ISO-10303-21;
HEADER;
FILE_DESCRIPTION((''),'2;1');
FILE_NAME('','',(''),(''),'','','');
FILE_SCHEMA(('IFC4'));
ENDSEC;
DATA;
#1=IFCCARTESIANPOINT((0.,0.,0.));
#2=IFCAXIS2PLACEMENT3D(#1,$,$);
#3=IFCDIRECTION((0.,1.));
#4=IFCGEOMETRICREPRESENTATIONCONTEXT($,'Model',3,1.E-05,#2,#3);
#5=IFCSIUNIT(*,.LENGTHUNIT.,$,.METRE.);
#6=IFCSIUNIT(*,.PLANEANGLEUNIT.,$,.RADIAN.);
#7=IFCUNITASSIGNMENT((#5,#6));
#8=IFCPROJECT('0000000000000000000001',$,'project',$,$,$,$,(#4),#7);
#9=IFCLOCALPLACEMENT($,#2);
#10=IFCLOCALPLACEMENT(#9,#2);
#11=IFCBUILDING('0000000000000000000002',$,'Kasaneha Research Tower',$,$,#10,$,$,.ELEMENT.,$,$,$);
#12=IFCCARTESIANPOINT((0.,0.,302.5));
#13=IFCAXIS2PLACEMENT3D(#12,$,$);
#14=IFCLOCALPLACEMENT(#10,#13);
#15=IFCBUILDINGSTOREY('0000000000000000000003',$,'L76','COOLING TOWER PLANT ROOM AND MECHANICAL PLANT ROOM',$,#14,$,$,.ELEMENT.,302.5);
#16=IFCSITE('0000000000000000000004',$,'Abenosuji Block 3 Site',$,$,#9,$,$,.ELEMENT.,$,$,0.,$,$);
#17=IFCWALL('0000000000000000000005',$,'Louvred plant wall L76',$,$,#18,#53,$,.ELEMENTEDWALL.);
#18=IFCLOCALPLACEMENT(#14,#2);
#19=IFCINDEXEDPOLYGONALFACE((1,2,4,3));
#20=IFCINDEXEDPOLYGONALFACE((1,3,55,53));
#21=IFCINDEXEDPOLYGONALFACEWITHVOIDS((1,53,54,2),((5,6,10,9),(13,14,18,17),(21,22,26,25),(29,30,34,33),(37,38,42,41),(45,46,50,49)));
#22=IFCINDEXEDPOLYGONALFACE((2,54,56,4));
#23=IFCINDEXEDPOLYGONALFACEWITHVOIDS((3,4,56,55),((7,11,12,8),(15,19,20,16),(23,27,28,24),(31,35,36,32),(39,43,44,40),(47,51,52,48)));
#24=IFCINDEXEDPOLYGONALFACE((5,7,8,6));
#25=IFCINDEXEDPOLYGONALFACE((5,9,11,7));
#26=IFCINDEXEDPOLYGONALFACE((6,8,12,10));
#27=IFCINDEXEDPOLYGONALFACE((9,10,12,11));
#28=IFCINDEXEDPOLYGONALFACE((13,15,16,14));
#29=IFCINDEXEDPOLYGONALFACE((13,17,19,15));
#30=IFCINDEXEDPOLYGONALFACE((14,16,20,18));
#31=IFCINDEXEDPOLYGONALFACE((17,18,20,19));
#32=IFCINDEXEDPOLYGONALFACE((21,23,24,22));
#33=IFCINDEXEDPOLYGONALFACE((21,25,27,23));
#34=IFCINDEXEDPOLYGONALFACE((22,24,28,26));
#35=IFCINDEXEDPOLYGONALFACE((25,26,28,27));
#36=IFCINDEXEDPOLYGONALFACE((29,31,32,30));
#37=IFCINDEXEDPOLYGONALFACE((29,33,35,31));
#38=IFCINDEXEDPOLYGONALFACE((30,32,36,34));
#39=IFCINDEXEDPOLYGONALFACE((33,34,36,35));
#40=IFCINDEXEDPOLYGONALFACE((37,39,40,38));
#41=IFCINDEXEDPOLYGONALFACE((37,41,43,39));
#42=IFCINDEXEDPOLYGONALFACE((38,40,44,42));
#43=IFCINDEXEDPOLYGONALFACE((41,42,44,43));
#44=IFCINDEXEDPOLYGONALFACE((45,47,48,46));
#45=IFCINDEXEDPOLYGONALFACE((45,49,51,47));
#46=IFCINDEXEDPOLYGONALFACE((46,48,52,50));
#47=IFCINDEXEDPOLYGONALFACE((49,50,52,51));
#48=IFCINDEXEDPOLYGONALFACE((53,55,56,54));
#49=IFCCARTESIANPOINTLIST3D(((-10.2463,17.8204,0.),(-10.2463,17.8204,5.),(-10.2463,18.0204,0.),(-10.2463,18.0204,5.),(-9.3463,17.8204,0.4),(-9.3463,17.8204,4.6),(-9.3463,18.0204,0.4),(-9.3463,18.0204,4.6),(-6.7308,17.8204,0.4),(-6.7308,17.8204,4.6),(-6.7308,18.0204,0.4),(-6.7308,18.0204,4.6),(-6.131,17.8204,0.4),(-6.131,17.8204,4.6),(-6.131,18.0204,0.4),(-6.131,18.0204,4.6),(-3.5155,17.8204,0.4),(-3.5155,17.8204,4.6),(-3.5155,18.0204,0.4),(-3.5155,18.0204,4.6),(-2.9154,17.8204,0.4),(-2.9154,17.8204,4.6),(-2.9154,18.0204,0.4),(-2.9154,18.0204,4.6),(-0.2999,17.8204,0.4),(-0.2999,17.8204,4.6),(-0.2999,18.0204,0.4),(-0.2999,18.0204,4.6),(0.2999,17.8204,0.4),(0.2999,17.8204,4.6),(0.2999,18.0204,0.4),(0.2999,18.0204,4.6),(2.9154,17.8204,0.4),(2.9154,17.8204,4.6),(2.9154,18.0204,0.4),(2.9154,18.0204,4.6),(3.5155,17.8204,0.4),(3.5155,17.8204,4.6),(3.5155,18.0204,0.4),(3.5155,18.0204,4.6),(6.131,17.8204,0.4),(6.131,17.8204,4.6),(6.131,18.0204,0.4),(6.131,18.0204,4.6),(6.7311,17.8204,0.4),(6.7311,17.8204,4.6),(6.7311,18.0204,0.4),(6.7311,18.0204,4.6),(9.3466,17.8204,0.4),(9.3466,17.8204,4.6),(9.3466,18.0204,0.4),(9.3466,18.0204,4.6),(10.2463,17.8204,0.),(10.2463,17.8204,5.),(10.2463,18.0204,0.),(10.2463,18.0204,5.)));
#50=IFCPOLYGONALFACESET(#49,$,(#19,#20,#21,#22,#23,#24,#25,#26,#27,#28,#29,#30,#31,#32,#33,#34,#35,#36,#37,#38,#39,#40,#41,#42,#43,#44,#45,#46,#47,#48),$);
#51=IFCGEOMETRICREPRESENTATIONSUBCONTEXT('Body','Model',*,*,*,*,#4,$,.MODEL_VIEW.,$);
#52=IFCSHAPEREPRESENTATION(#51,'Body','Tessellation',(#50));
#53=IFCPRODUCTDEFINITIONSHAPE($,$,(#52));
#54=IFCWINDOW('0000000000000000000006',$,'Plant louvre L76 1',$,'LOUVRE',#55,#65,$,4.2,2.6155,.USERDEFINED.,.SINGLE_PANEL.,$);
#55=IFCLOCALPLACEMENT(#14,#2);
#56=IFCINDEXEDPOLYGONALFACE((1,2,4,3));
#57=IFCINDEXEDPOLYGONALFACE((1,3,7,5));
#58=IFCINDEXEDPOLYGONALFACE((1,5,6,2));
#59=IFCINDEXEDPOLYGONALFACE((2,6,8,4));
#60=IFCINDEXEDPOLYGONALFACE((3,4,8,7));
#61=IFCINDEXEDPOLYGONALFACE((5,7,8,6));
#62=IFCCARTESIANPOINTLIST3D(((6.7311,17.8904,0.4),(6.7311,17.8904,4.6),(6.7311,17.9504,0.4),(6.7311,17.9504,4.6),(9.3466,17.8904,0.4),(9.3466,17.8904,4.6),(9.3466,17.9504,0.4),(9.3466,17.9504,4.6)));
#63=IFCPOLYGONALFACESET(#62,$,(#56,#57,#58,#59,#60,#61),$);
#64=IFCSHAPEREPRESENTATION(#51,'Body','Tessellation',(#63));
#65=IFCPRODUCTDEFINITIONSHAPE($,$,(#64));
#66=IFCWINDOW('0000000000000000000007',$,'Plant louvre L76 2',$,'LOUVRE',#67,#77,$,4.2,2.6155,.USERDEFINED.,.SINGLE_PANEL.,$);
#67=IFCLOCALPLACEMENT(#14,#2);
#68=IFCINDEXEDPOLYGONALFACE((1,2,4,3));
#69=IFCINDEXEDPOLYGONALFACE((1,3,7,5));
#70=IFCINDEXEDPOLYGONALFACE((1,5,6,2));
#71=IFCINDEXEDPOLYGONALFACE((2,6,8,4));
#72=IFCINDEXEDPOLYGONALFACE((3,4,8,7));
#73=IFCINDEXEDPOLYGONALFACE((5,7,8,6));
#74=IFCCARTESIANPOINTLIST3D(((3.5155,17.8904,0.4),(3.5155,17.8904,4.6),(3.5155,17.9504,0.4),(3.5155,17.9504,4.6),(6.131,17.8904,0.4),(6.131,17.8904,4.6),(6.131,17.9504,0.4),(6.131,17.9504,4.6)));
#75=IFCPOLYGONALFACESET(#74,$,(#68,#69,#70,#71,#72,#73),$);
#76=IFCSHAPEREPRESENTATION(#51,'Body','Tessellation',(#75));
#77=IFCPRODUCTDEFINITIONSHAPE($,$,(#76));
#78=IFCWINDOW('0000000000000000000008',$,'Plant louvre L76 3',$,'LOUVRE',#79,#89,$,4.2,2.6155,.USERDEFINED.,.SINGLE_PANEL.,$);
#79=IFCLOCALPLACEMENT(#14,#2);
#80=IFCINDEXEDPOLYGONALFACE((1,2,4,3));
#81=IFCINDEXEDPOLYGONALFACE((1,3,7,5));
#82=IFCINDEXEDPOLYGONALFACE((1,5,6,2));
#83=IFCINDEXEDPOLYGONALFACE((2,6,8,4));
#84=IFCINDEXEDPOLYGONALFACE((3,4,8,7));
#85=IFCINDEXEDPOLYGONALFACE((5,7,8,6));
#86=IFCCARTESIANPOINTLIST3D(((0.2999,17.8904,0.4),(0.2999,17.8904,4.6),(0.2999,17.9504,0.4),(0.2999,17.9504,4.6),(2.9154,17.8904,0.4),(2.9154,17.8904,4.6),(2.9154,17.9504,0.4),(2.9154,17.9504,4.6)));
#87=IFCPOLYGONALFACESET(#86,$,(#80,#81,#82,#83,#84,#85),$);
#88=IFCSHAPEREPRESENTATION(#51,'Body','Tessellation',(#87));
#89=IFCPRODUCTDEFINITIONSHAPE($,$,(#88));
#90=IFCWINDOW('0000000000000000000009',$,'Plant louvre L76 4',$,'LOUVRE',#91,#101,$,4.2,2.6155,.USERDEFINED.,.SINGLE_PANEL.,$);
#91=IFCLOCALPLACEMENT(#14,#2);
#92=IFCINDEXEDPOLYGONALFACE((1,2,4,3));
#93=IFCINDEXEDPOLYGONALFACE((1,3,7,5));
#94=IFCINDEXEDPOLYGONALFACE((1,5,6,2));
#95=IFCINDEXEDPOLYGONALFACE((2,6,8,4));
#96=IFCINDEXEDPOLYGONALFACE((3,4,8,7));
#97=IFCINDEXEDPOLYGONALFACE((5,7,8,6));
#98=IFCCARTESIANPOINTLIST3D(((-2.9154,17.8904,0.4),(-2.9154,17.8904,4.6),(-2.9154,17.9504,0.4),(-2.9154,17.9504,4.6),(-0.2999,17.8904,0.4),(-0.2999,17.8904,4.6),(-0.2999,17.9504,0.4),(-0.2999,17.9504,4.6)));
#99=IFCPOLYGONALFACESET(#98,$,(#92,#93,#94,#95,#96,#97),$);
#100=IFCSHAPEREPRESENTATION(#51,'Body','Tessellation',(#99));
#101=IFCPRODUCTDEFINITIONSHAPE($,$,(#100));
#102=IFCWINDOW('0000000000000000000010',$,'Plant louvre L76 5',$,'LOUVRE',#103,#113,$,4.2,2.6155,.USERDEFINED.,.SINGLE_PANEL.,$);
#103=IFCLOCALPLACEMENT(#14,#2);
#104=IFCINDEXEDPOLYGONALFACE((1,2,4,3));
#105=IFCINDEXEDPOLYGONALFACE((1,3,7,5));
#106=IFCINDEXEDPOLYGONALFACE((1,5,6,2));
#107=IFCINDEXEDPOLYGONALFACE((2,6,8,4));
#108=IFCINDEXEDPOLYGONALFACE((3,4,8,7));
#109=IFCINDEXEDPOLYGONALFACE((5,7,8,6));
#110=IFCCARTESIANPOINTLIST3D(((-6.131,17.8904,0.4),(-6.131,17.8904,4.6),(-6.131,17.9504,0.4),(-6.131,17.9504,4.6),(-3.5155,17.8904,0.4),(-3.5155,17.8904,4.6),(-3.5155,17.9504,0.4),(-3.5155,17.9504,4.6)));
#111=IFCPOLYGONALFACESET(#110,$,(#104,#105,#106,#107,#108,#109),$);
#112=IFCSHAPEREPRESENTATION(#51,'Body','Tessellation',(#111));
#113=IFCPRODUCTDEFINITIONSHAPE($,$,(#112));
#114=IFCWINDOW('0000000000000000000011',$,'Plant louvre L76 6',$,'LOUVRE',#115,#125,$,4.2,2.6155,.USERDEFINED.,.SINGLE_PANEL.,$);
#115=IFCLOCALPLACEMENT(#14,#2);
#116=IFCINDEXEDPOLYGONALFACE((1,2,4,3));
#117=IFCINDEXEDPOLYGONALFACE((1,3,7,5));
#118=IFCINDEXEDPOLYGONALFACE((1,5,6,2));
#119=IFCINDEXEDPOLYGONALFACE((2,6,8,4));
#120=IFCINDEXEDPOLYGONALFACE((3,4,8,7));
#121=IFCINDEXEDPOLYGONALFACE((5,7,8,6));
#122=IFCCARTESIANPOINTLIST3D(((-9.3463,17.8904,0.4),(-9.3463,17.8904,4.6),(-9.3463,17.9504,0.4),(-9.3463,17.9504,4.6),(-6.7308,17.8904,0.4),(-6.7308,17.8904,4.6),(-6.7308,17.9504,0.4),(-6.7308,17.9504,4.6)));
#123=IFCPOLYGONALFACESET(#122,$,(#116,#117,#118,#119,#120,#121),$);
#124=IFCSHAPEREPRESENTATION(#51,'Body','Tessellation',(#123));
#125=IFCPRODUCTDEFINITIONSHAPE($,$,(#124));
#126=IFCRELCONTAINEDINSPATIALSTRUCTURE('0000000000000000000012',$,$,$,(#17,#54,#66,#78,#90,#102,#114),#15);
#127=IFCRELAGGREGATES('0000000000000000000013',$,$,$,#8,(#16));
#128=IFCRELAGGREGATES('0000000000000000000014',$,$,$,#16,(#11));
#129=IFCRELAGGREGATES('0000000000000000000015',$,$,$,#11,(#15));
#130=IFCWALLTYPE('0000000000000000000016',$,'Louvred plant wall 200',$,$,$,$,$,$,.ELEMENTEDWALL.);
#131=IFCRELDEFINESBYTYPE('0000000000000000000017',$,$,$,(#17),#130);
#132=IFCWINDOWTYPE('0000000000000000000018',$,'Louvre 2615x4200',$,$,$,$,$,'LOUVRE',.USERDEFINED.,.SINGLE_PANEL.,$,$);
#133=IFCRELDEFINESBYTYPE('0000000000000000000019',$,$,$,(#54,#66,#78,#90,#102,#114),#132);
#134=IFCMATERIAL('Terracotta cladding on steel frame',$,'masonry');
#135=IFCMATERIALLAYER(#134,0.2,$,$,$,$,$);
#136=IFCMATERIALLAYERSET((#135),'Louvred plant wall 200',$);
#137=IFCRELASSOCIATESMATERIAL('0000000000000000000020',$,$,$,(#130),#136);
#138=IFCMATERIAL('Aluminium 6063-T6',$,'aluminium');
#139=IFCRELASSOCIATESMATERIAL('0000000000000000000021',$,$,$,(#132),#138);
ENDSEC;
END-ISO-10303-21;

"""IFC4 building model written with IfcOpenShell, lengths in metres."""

from ifc_helpers import new_model, si_unit, direction, frame, frame_2d, origin, place, context, subcontext, project, spatial, rectangle, extrude, material, layer, layer_set, type_object, element, fill, save


model = new_model("IFC4")

# Units and contexts
model_context = context("Model", 3, precision=1e-05, world=origin(), true_north=direction((0.0, 1.0)))
body_context = subcontext(model_context, "Body", "Model", "MODEL_VIEW")
ifc_project = project(units=[si_unit("LENGTHUNIT", "METRE"), si_unit("PLANEANGLEUNIT", "RADIAN")], contexts=[model_context])

# Site, building, storey
site_placement = place(None, origin())
site = spatial("IfcSite", under=ifc_project, at=site_placement, Name="Abenosuji Block 3 Site", CompositionType="ELEMENT", RefElevation=0.0)
building_placement = place(site_placement, origin())
building = spatial("IfcBuilding", under=site, at=building_placement, Name="Kasaneha Research Tower", CompositionType="ELEMENT")
storey_placement = place(building_placement, frame((0.0, 0.0, 302.5)))
storey = spatial("IfcBuildingStorey", under=building, at=storey_placement, Name="L76", Description="COOLING TOWER PLANT ROOM AND MECHANICAL PLANT ROOM", CompositionType="ELEMENT", Elevation=302.5)

# Wall, openings, windows
ifc_material_1 = material(Name="Terracotta cladding on steel frame", Category="masonry")
ifc_layer = layer(ifc_material_1, 0.2)
ifc_layer_set = layer_set([ifc_layer], Name="Louvred plant wall 200")
wall_type = type_object("IfcWallType", Name="Louvred plant wall 200", PredefinedType="ELEMENTEDWALL", material=ifc_layer_set)
wall_1_placement = place(storey_placement, frame((10.2463, 17.9204, 0.0), z_axis=(0.0, 0.0, 1.0), x_axis=(-1.0, 0.0, 0.0)))
wall_1 = element("IfcWall", 1, at=wall_1_placement, inside=storey, type_object=wall_type, Name="Louvred plant wall L76", PredefinedType="ELEMENTEDWALL", context=body_context, shape_type="SweptSolid", body=[
    extrude(rectangle(XDim=20.4927, YDim=0.2, at=frame_2d((10.2463, 0.0))), origin(), (0.0, 0.0, 1.0), 5.0),
])
opening_1_placement = place(wall_1_placement, frame((0.8999, 0.0, 0.3999)))
opening_1 = element("IfcOpeningElement", 2, at=opening_1_placement, cuts=wall_1, PredefinedType="OPENING", context=body_context, shape_type="SweptSolid", body=[
    extrude(rectangle(XDim=2.6155, YDim=4.2, at=frame_2d((1.3076, 2.1001))), frame((0.0, 0.1099, 0.0), z_axis=(0.0, -1.0, 0.0), x_axis=(1.0, 0.0, 0.0)), (0.0, 0.0, 1.0), 0.22),
])
opening_2_placement = place(wall_1_placement, frame((4.1155, 0.0, 0.3999)))
opening_2 = element("IfcOpeningElement", 3, at=opening_2_placement, cuts=wall_1, PredefinedType="OPENING", context=body_context, shape_type="SweptSolid", body=[
    extrude(rectangle(XDim=2.6155, YDim=4.2, at=frame_2d((1.3076, 2.1001))), frame((0.0, 0.1099, 0.0), z_axis=(0.0, -1.0, 0.0), x_axis=(1.0, 0.0, 0.0)), (0.0, 0.0, 1.0), 0.22),
])
opening_3_placement = place(wall_1_placement, frame((7.3311, 0.0, 0.3999)))
opening_3 = element("IfcOpeningElement", 4, at=opening_3_placement, cuts=wall_1, PredefinedType="OPENING", context=body_context, shape_type="SweptSolid", body=[
    extrude(rectangle(XDim=2.6155, YDim=4.2, at=frame_2d((1.3076, 2.1001))), frame((0.0, 0.1099, 0.0), z_axis=(0.0, -1.0, 0.0), x_axis=(1.0, 0.0, 0.0)), (0.0, 0.0, 1.0), 0.22),
])
opening_4_placement = place(wall_1_placement, frame((10.5464, 0.0, 0.3999)))
opening_4 = element("IfcOpeningElement", 5, at=opening_4_placement, cuts=wall_1, PredefinedType="OPENING", context=body_context, shape_type="SweptSolid", body=[
    extrude(rectangle(XDim=2.6155, YDim=4.2, at=frame_2d((1.3076, 2.1001))), frame((0.0, 0.1099, 0.0), z_axis=(0.0, -1.0, 0.0), x_axis=(1.0, 0.0, 0.0)), (0.0, 0.0, 1.0), 0.22),
])
opening_5_placement = place(wall_1_placement, frame((13.762, 0.0, 0.3999)))
opening_5 = element("IfcOpeningElement", 6, at=opening_5_placement, cuts=wall_1, PredefinedType="OPENING", context=body_context, shape_type="SweptSolid", body=[
    extrude(rectangle(XDim=2.6155, YDim=4.2, at=frame_2d((1.3076, 2.1001))), frame((0.0, 0.1099, 0.0), z_axis=(0.0, -1.0, 0.0), x_axis=(1.0, 0.0, 0.0)), (0.0, 0.0, 1.0), 0.22),
])
opening_6_placement = place(wall_1_placement, frame((16.9773, 0.0, 0.3999)))
opening_6 = element("IfcOpeningElement", 7, at=opening_6_placement, cuts=wall_1, PredefinedType="OPENING", context=body_context, shape_type="SweptSolid", body=[
    extrude(rectangle(XDim=2.6155, YDim=4.2, at=frame_2d((1.3076, 2.1001))), frame((0.0, 0.1099, 0.0), z_axis=(0.0, -1.0, 0.0), x_axis=(1.0, 0.0, 0.0)), (0.0, 0.0, 1.0), 0.22),
])
ifc_material_2 = material(Name="Aluminium 6063-T6", Category="aluminium")
window_type_1 = type_object("IfcWindowType", Name="Louvre 2615x4200", ElementType="LOUVRE", PartitioningType="SINGLE_PANEL", PredefinedType="USERDEFINED", material=ifc_material_2)
window_1_placement = place(opening_1_placement, origin())
window_1 = element("IfcWindow", 8, at=window_1_placement, inside=storey, type_object=window_type_1, Name="Plant louvre L76 1", ObjectType="LOUVRE", OverallHeight=4.2, OverallWidth=2.6155, PartitioningType="SINGLE_PANEL", PredefinedType="USERDEFINED", context=body_context, shape_type="SweptSolid", body=[
    extrude(rectangle(XDim=2.6155, YDim=4.2, at=frame_2d((1.3076, 2.1001))), frame((0.0, 0.03, 0.0), z_axis=(0.0, -1.0, 0.0), x_axis=(1.0, 0.0, 0.0)), (0.0, 0.0, 1.0), 0.0601),
])
fill(opening_1, window_1)
window_2_placement = place(opening_2_placement, origin())
window_2 = element("IfcWindow", 9, at=window_2_placement, inside=storey, type_object=window_type_1, Name="Plant louvre L76 2", ObjectType="LOUVRE", OverallHeight=4.2, OverallWidth=2.6155, PartitioningType="SINGLE_PANEL", PredefinedType="USERDEFINED", context=body_context, shape_type="SweptSolid", body=[
    extrude(rectangle(XDim=2.6155, YDim=4.2, at=frame_2d((1.3076, 2.1001))), frame((0.0, 0.03, 0.0), z_axis=(0.0, -1.0, 0.0), x_axis=(1.0, 0.0, 0.0)), (0.0, 0.0, 1.0), 0.0601),
])
fill(opening_2, window_2)
window_3_placement = place(opening_3_placement, origin())
window_3 = element("IfcWindow", 10, at=window_3_placement, inside=storey, type_object=window_type_1, Name="Plant louvre L76 3", ObjectType="LOUVRE", OverallHeight=4.2, OverallWidth=2.6155, PartitioningType="SINGLE_PANEL", PredefinedType="USERDEFINED", context=body_context, shape_type="SweptSolid", body=[
    extrude(rectangle(XDim=2.6155, YDim=4.2, at=frame_2d((1.3076, 2.1001))), frame((0.0, 0.03, 0.0), z_axis=(0.0, -1.0, 0.0), x_axis=(1.0, 0.0, 0.0)), (0.0, 0.0, 1.0), 0.0601),
])
fill(opening_3, window_3)
window_4_placement = place(opening_4_placement, origin())
window_4 = element("IfcWindow", 11, at=window_4_placement, inside=storey, type_object=window_type_1, Name="Plant louvre L76 4", ObjectType="LOUVRE", OverallHeight=4.2, OverallWidth=2.6155, PartitioningType="SINGLE_PANEL", PredefinedType="USERDEFINED", context=body_context, shape_type="SweptSolid", body=[
    extrude(rectangle(XDim=2.6155, YDim=4.2, at=frame_2d((1.3076, 2.1001))), frame((0.0, 0.03, 0.0), z_axis=(0.0, -1.0, 0.0), x_axis=(1.0, 0.0, 0.0)), (0.0, 0.0, 1.0), 0.0601),
])
fill(opening_4, window_4)
window_5_placement = place(opening_5_placement, origin())
window_5 = element("IfcWindow", 12, at=window_5_placement, inside=storey, type_object=window_type_1, Name="Plant louvre L76 5", ObjectType="LOUVRE", OverallHeight=4.2, OverallWidth=2.6155, PartitioningType="SINGLE_PANEL", PredefinedType="USERDEFINED", context=body_context, shape_type="SweptSolid", body=[
    extrude(rectangle(XDim=2.6155, YDim=4.2, at=frame_2d((1.3076, 2.1001))), frame((0.0, 0.03, 0.0), z_axis=(0.0, -1.0, 0.0), x_axis=(1.0, 0.0, 0.0)), (0.0, 0.0, 1.0), 0.0601),
])
fill(opening_5, window_5)
window_6_placement = place(opening_6_placement, origin())
window_6 = element("IfcWindow", 13, at=window_6_placement, inside=storey, type_object=window_type_1, Name="Plant louvre L76 6", ObjectType="LOUVRE", OverallHeight=4.2, OverallWidth=2.6155, PartitioningType="SINGLE_PANEL", PredefinedType="USERDEFINED", context=body_context, shape_type="SweptSolid", body=[
    extrude(rectangle(XDim=2.6155, YDim=4.2, at=frame_2d((1.3076, 2.1001))), frame((0.0, 0.03, 0.0), z_axis=(0.0, -1.0, 0.0), x_axis=(1.0, 0.0, 0.0)), (0.0, 0.0, 1.0), 0.0601),
])
fill(opening_6, window_6)

save(model, "model.ifc")
